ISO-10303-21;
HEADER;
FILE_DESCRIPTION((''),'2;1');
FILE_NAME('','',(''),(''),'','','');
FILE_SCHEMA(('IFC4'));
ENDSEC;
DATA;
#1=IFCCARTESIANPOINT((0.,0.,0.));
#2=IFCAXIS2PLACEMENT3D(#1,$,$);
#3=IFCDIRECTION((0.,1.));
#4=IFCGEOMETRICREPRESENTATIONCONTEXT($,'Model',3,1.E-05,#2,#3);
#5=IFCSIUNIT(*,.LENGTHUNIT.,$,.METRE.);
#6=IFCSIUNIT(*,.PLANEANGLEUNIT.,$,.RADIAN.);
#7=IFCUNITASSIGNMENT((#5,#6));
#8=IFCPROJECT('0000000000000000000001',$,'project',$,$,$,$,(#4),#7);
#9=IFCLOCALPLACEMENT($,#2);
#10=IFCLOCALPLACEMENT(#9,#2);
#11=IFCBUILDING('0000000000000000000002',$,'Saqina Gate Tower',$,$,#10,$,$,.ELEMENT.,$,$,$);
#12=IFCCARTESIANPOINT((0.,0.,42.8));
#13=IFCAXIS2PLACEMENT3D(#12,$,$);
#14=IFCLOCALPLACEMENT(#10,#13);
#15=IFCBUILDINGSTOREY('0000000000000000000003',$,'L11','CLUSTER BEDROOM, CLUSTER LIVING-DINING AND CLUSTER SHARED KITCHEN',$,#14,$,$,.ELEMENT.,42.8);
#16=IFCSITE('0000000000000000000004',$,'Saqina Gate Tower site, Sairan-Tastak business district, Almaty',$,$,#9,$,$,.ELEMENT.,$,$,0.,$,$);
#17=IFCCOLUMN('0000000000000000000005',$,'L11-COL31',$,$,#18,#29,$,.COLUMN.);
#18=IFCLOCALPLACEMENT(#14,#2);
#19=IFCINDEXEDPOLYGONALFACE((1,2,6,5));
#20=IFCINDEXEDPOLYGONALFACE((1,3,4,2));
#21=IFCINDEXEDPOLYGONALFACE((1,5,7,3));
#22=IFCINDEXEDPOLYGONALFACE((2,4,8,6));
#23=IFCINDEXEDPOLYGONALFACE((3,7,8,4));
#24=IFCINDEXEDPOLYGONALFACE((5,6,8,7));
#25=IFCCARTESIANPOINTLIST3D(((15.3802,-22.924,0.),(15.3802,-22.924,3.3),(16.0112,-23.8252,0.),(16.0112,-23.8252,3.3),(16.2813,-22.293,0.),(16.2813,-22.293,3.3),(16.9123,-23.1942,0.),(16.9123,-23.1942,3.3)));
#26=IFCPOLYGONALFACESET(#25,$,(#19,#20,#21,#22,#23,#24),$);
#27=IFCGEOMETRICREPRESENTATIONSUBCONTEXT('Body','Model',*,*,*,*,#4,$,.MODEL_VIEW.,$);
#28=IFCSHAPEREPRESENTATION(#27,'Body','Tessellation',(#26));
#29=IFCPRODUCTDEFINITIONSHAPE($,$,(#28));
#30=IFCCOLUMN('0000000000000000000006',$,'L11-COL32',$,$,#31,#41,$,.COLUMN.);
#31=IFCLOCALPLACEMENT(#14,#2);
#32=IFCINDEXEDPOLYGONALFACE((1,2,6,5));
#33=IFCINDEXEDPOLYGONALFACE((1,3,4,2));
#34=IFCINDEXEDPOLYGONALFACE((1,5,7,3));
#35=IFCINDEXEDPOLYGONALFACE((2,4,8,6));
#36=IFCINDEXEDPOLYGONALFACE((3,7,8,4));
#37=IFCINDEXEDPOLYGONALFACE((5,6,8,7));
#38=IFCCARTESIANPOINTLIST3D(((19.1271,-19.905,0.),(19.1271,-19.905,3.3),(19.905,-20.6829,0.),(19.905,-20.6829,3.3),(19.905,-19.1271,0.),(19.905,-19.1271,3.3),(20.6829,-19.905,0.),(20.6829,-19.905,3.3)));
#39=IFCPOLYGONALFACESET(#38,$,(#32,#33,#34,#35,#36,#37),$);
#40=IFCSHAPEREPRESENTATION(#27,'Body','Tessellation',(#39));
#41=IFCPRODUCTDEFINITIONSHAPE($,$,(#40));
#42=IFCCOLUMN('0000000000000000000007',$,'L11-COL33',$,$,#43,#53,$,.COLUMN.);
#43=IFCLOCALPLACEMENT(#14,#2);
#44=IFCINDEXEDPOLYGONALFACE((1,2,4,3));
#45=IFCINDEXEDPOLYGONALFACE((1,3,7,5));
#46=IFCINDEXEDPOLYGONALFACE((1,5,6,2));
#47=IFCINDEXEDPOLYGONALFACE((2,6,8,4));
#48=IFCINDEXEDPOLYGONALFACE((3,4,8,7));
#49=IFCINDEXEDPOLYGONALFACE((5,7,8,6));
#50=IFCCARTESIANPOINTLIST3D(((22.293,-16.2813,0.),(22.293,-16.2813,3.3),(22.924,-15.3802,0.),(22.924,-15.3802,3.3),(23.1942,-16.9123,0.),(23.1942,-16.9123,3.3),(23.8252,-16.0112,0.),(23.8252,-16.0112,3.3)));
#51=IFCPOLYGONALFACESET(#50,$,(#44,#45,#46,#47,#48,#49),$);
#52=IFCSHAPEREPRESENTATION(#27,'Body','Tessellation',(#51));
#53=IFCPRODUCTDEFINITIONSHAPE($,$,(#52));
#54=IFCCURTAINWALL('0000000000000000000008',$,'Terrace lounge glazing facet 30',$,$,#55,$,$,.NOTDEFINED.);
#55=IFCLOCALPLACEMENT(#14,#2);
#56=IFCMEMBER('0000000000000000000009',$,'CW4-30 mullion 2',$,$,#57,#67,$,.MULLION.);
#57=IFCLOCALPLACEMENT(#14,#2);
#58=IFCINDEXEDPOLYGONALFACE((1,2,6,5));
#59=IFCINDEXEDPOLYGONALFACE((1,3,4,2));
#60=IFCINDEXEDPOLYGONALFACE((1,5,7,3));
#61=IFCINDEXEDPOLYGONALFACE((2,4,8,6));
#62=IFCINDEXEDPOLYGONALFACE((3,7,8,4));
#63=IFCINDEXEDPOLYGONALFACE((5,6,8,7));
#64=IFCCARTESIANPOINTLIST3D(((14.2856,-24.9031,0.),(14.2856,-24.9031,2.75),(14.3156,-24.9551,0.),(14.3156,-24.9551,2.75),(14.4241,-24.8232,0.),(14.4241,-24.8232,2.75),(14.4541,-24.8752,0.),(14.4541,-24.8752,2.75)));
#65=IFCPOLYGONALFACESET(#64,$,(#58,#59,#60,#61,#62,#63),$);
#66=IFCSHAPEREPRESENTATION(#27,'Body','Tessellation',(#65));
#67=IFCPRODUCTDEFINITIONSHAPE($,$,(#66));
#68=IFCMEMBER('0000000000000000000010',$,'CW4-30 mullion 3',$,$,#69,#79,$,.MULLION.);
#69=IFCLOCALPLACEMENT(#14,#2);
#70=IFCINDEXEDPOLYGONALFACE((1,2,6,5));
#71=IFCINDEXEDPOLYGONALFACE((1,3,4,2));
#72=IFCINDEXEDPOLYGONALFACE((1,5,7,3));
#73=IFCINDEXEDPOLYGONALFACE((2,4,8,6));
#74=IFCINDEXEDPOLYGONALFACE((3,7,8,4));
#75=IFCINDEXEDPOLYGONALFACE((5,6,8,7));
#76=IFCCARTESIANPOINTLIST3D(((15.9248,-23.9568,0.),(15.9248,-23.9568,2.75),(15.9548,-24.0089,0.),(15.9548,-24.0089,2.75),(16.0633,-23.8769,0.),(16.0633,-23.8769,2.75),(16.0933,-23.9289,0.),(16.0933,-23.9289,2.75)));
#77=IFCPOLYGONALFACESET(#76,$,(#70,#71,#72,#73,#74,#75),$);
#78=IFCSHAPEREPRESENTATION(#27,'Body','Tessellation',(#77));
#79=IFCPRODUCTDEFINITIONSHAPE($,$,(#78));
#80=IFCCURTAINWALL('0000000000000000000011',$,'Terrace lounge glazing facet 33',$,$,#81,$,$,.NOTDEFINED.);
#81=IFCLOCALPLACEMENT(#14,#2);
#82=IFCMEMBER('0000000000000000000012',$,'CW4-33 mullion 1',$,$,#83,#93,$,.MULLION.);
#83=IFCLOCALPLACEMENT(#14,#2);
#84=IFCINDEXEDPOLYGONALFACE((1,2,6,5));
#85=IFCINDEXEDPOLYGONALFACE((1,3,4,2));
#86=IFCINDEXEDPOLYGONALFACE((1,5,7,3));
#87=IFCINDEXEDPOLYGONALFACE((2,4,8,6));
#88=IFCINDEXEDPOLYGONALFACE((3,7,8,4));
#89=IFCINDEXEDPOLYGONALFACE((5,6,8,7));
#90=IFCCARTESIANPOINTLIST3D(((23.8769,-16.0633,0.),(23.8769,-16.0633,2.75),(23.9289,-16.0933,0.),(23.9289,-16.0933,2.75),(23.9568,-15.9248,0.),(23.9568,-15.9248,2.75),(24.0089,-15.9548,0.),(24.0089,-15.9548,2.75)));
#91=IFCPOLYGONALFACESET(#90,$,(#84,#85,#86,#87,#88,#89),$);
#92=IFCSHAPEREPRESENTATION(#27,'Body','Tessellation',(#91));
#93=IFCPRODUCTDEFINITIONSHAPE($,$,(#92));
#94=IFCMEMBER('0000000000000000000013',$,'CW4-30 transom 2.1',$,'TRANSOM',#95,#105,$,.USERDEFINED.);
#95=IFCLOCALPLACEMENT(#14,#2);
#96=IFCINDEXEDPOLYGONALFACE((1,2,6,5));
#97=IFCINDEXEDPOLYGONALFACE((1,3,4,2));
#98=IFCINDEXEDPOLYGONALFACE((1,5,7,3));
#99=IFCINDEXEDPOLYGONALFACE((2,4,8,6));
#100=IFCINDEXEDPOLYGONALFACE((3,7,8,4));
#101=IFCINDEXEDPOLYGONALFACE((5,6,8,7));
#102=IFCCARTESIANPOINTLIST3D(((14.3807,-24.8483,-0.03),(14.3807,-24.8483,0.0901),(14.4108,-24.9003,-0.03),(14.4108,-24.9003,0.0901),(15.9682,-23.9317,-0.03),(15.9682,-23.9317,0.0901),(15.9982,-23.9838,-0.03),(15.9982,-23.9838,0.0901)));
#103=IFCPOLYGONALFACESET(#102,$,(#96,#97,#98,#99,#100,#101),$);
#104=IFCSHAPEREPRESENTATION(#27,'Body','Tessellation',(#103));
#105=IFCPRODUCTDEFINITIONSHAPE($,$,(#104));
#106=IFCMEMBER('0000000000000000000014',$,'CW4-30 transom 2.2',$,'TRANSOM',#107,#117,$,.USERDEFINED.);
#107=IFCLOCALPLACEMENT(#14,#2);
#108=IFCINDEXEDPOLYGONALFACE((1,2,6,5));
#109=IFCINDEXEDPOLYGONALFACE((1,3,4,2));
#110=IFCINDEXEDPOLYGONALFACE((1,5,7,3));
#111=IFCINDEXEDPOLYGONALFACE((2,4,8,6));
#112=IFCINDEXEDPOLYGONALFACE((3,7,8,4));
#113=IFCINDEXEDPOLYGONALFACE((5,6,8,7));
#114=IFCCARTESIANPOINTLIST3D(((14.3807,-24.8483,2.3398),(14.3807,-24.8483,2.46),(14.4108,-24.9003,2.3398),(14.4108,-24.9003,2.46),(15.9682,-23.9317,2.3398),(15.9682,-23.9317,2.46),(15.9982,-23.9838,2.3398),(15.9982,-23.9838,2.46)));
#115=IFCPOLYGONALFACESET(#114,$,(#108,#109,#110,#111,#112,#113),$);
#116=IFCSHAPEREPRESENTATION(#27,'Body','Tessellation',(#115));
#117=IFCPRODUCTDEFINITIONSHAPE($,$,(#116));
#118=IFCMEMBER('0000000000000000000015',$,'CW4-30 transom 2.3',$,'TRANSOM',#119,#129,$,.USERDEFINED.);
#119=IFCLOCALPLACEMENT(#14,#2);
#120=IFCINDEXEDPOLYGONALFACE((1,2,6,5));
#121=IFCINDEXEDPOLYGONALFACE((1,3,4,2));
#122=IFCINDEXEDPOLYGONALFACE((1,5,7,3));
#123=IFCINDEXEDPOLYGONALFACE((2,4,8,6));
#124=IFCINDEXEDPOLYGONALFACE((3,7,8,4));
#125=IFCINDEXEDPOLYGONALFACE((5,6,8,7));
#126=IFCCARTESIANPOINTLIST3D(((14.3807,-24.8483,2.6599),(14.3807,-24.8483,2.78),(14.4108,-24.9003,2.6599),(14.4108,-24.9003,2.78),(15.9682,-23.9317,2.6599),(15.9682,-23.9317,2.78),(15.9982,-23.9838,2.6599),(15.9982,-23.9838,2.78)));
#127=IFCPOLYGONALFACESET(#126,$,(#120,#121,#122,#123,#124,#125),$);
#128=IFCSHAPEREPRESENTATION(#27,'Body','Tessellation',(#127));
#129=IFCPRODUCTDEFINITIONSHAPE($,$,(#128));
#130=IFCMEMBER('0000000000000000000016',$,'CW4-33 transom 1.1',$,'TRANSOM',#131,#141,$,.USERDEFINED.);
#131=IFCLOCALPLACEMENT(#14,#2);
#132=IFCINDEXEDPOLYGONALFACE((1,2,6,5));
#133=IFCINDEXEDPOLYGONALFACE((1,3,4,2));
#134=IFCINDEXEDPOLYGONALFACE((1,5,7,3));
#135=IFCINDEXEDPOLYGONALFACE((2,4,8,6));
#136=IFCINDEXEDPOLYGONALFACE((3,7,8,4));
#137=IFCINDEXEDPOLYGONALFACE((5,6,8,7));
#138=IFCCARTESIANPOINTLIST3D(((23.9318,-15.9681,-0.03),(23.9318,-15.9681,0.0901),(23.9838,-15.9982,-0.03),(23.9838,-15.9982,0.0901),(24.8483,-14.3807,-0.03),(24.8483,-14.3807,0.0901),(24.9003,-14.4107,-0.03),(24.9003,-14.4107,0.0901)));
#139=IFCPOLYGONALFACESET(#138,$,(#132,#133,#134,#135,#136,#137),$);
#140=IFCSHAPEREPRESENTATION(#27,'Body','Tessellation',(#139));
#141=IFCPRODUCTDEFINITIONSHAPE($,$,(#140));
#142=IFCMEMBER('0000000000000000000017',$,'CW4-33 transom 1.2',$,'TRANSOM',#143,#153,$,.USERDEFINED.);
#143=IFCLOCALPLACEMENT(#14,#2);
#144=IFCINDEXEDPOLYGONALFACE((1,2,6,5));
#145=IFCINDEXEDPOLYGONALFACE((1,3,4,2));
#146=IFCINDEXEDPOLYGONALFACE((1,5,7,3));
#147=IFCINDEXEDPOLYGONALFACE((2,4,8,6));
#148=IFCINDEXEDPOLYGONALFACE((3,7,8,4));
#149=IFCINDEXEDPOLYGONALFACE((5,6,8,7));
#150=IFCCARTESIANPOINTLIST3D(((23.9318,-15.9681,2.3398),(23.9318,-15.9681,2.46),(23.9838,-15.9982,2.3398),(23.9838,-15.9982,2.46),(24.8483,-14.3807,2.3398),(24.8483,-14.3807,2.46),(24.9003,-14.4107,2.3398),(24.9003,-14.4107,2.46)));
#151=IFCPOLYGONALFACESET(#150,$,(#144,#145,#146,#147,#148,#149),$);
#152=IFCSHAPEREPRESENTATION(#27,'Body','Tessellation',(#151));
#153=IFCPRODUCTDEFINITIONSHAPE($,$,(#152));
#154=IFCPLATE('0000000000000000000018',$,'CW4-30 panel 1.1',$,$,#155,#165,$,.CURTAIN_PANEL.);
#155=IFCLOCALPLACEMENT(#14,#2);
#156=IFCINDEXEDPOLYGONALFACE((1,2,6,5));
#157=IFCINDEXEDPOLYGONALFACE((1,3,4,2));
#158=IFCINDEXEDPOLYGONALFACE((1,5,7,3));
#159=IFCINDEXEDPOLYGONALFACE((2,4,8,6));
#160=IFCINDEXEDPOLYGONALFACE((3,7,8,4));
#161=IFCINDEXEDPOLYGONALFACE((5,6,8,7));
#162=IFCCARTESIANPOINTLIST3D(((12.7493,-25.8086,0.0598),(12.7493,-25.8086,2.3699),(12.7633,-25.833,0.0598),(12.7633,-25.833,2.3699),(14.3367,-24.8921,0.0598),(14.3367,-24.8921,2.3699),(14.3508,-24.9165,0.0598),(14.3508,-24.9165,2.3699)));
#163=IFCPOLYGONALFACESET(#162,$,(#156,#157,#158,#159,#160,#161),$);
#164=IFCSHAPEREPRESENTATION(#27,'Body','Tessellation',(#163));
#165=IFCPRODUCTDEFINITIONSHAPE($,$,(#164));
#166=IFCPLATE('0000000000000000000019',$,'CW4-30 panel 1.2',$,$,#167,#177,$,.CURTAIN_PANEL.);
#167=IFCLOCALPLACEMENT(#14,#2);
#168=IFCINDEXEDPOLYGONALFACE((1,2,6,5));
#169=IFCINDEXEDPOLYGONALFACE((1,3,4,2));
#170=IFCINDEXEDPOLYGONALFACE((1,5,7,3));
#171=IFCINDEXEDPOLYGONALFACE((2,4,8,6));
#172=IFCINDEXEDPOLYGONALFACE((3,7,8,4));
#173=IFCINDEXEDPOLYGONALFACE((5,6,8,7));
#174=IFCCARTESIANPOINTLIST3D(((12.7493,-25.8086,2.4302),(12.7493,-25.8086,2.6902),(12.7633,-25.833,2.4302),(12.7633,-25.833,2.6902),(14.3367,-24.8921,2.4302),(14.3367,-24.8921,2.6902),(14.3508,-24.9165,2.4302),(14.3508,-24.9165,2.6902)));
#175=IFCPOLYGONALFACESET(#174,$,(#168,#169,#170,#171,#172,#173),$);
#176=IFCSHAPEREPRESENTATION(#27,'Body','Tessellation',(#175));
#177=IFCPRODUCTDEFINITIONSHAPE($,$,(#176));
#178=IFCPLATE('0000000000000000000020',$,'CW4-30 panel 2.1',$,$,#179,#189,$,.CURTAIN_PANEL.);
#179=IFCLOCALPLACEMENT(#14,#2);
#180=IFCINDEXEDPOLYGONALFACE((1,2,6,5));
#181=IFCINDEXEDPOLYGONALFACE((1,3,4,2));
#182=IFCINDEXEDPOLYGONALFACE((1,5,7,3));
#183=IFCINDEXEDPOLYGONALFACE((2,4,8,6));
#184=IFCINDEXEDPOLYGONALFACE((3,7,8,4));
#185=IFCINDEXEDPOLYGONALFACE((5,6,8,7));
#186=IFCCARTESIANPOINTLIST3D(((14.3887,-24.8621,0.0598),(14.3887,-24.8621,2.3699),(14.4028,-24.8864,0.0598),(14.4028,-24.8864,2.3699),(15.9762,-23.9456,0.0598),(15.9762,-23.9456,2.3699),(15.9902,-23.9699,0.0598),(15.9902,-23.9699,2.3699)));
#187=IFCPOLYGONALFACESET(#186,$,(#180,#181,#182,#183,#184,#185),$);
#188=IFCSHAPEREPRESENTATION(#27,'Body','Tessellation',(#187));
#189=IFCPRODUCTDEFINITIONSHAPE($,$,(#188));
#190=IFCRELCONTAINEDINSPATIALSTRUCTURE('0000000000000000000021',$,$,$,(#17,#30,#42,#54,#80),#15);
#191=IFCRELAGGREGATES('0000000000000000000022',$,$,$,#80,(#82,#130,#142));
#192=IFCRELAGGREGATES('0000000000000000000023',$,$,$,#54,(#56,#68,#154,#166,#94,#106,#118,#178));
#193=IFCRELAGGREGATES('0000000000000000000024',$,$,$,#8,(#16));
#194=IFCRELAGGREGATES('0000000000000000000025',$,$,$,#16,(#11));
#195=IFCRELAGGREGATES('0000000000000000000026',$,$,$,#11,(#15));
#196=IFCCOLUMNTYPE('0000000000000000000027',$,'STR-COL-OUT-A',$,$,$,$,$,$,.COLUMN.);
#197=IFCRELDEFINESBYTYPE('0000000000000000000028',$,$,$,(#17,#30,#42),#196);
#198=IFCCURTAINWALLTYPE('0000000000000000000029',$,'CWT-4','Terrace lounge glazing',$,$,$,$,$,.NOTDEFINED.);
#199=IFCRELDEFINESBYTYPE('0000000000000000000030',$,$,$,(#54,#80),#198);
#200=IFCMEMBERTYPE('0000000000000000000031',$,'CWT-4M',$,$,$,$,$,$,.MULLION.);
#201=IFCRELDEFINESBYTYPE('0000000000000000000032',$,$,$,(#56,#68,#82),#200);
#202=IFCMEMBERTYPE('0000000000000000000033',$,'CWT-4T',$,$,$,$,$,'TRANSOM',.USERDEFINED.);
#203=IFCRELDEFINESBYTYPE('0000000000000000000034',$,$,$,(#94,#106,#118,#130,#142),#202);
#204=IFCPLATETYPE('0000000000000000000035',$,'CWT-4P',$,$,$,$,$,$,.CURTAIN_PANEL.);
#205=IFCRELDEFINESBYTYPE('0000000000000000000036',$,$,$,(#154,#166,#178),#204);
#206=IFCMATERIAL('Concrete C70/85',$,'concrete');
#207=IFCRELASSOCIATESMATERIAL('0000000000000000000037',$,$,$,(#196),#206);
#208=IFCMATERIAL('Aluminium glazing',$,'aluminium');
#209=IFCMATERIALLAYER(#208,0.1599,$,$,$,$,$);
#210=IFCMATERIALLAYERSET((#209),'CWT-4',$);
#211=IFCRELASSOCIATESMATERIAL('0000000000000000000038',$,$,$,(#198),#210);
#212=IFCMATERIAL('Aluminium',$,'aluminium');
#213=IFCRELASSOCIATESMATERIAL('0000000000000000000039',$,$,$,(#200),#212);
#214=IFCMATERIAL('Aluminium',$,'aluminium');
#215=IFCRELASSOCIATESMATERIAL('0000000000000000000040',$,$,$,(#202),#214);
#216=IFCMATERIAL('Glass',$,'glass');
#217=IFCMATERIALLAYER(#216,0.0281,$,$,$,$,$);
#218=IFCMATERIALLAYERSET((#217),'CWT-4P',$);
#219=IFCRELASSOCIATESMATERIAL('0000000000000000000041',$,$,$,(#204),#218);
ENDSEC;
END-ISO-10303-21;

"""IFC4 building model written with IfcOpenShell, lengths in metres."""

from ifc_helpers import new_model, si_unit, direction, frame, origin, origin_2d, place, context, subcontext, project, spatial, rectangle, extrude, material, layer, layer_set, material_profile, profile_set, type_object, element, aggregate, save


model = new_model("IFC4")

# Units and contexts
model_context = context("Model", 3, precision=1e-05, world=origin(), true_north=direction((0.0, 1.0)))
body_context = subcontext(model_context, "Body", "Model", "MODEL_VIEW")
ifc_project = project(units=[si_unit("LENGTHUNIT", "METRE"), si_unit("PLANEANGLEUNIT", "RADIAN")], contexts=[model_context])

# Site, building, storey
site_placement = place(None, origin())
site = spatial("IfcSite", under=ifc_project, at=site_placement, Name="Saqina Gate Tower site, Sairan-Tastak business district, Almaty", CompositionType="ELEMENT", RefElevation=0.0)
building_placement = place(site_placement, origin())
building = spatial("IfcBuilding", under=site, at=building_placement, Name="Saqina Gate Tower", CompositionType="ELEMENT")
storey_placement = place(building_placement, frame((0.0, 0.0, 42.8)))
storey = spatial("IfcBuildingStorey", under=building, at=storey_placement, Name="L11", Description="CLUSTER BEDROOM, CLUSTER LIVING-DINING AND CLUSTER SHARED KITCHEN", CompositionType="ELEMENT", Elevation=42.8)

# Columns
ifc_material_1 = material(Name="Concrete C70/85", Category="concrete")
ifc_material_profile_1 = material_profile(ifc_material_1, rectangle(XDim=1.1001, YDim=1.1001, at=origin_2d()), Name="RC 1100x1100")
ifc_profile_set_1 = profile_set([ifc_material_profile_1], Name="Concrete C70/85")
column_type = type_object("IfcColumnType", Name="STR-COL-OUT-A", PredefinedType="COLUMN", material=ifc_profile_set_1)
for number, where, z_axis, x_axis, name in (
    (1, (16.1462, -23.0591, 0.0), (0.0, 0.0, 1.0), (0.573576, -0.819152, 0.0), "L11-COL31"),
    (2, (19.905, -19.905, 0.0), (0.0, 0.0, 1.0), (0.707107, -0.707107, 0.0), "L11-COL32"),
    (3, (23.0591, -16.1462, 0.0), (0.0, 0.0, 1.0), (0.819152, -0.573576, 0.0), "L11-COL33"),
):
    element("IfcColumn", number, at=place(storey_placement, frame(where, z_axis=z_axis, x_axis=x_axis)), inside=storey, type_object=column_type, Name=name, PredefinedType="COLUMN", context=body_context, shape_type="SweptSolid", body=[
        extrude(rectangle(XDim=1.1001, YDim=1.1001, at=origin_2d()), origin(), (0.0, 0.0, 1.0), 3.3),
    ])

# Curtain wall, members
ifc_material_2 = material(Name="Aluminium glazing", Category="aluminium")
ifc_layer_1 = layer(ifc_material_2, 0.1599)
ifc_layer_set_1 = layer_set([ifc_layer_1], Name="CWT-4")
curtain_wall_type = type_object("IfcCurtainWallType", Name="CWT-4", Description="Terrace lounge glazing", PredefinedType="NOTDEFINED", material=ifc_layer_set_1)
curtain_wall_1_placement = place(storey_placement, origin())
curtain_wall_1 = element("IfcCurtainWall", 4, at=curtain_wall_1_placement, inside=storey, type_object=curtain_wall_type, Name="Terrace lounge glazing facet 30", PredefinedType="NOTDEFINED")
ifc_material_3 = material(Name="Aluminium", Category="aluminium")
ifc_material_profile_2 = material_profile(ifc_material_3, rectangle(XDim=0.0601, YDim=0.1599, at=origin_2d()), Name="Aluminium 60x160")
ifc_profile_set_2 = profile_set([ifc_material_profile_2], Name="Aluminium")
member_type_1 = type_object("IfcMemberType", Name="CWT-4M", PredefinedType="MULLION", material=ifc_profile_set_2)
member_1_placement = place(storey_placement, frame((14.3699, -24.8892, 0.0), z_axis=(0.0, 0.0, 1.0), x_axis=(-0.499996, 0.866028, 0.0)))
member_1 = element("IfcMember", 5, at=member_1_placement, type_object=member_type_1, Name="CW4-30 mullion 2", PredefinedType="MULLION", context=body_context, shape_type="SweptSolid", body=[
    extrude(rectangle(XDim=0.0601, YDim=0.1599, at=origin_2d()), origin(), (0.0, 0.0, 1.0), 2.75),
])
member_2_placement = place(storey_placement, frame((16.009, -23.9429, 0.0), z_axis=(0.0, 0.0, 1.0), x_axis=(-0.499996, 0.866028, 0.0)))
member_2 = element("IfcMember", 6, at=member_2_placement, type_object=member_type_1, Name="CW4-30 mullion 3", PredefinedType="MULLION", context=body_context, shape_type="SweptSolid", body=[
    extrude(rectangle(XDim=0.0601, YDim=0.1599, at=origin_2d()), origin(), (0.0, 0.0, 1.0), 2.75),
])

# Curtain wall, member
curtain_wall_2_placement = place(storey_placement, origin())
curtain_wall_2 = element("IfcCurtainWall", 7, at=curtain_wall_2_placement, inside=storey, type_object=curtain_wall_type, Name="Terrace lounge glazing facet 33", PredefinedType="NOTDEFINED")
member_3_placement = place(storey_placement, frame((23.9429, -16.009, 0.0), z_axis=(0.0, 0.0, 1.0), x_axis=(-0.866028, 0.499996, 0.0)))
member_3 = element("IfcMember", 8, at=member_3_placement, type_object=member_type_1, Name="CW4-33 mullion 1", PredefinedType="MULLION", context=body_context, shape_type="SweptSolid", body=[
    extrude(rectangle(XDim=0.0601, YDim=0.1599, at=origin_2d()), origin(), (0.0, 0.0, 1.0), 2.75),
])

# Members
ifc_material_4 = material(Name="Aluminium", Category="aluminium")
ifc_material_profile_3 = material_profile(ifc_material_4, rectangle(XDim=0.0601, YDim=0.1201, at=origin_2d()), Name="Aluminium 60x120")
ifc_profile_set_3 = profile_set([ifc_material_profile_3], Name="Aluminium")
member_type_2 = type_object("IfcMemberType", Name="CWT-4T", ElementType="TRANSOM", PredefinedType="USERDEFINED", material=ifc_profile_set_3)
member_4_placement = place(storey_placement, frame((14.3958, -24.8743, 0.03), z_axis=(0.866021, 0.500007, 0.0), x_axis=(-0.500007, 0.866021, 0.0)))
member_4 = element("IfcMember", 9, at=member_4_placement, type_object=member_type_2, Name="CW4-30 transom 2.1", ObjectType="TRANSOM", PredefinedType="USERDEFINED", context=body_context, shape_type="SweptSolid", body=[
    extrude(rectangle(XDim=0.0601, YDim=0.1201, at=origin_2d()), origin(), (0.0, 0.0, 1.0), 1.833),
])
member_5_placement = place(storey_placement, frame((14.3958, -24.8743, 2.3999), z_axis=(0.866021, 0.500007, 0.0), x_axis=(-0.500007, 0.866021, 0.0)))
member_5 = element("IfcMember", 10, at=member_5_placement, type_object=member_type_2, Name="CW4-30 transom 2.2", ObjectType="TRANSOM", PredefinedType="USERDEFINED", context=body_context, shape_type="SweptSolid", body=[
    extrude(rectangle(XDim=0.0601, YDim=0.1201, at=origin_2d()), origin(), (0.0, 0.0, 1.0), 1.833),
])
member_6_placement = place(storey_placement, frame((14.3958, -24.8743, 2.72), z_axis=(0.866021, 0.500007, 0.0), x_axis=(-0.500007, 0.866021, 0.0)))
member_6 = element("IfcMember", 11, at=member_6_placement, type_object=member_type_2, Name="CW4-30 transom 2.3", ObjectType="TRANSOM", PredefinedType="USERDEFINED", context=body_context, shape_type="SweptSolid", body=[
    extrude(rectangle(XDim=0.0601, YDim=0.1201, at=origin_2d()), origin(), (0.0, 0.0, 1.0), 1.833),
])
member_7_placement = place(storey_placement, frame((23.9578, -15.9832, 0.03), z_axis=(0.500007, 0.866021, 0.0), x_axis=(-0.866021, 0.500007, 0.0)))
member_7 = element("IfcMember", 12, at=member_7_placement, type_object=member_type_2, Name="CW4-33 transom 1.1", ObjectType="TRANSOM", PredefinedType="USERDEFINED", context=body_context, shape_type="SweptSolid", body=[
    extrude(rectangle(XDim=0.0601, YDim=0.1201, at=origin_2d()), origin(), (0.0, 0.0, 1.0), 1.833),
])
member_8_placement = place(storey_placement, frame((23.9578, -15.9832, 2.3999), z_axis=(0.500007, 0.866021, 0.0), x_axis=(-0.866021, 0.500007, 0.0)))
member_8 = element("IfcMember", 13, at=member_8_placement, type_object=member_type_2, Name="CW4-33 transom 1.2", ObjectType="TRANSOM", PredefinedType="USERDEFINED", context=body_context, shape_type="SweptSolid", body=[
    extrude(rectangle(XDim=0.0601, YDim=0.1201, at=origin_2d()), origin(), (0.0, 0.0, 1.0), 1.833),
])
aggregate(curtain_wall_2, [member_3, member_7, member_8])

# Plates
ifc_material_5 = material(Name="Glass", Category="glass")
ifc_layer_2 = layer(ifc_material_5, 0.0281)
ifc_layer_set_2 = layer_set([ifc_layer_2], Name="CWT-4P")
plate_type = type_object("IfcPlateType", Name="CWT-4P", PredefinedType="CURTAIN_PANEL", material=ifc_layer_set_2)
plate_1_placement = place(storey_placement, frame((13.55, -25.3625, 0.0598), z_axis=(0.0, 0.0, 1.0), x_axis=(0.866028, 0.499996, 0.0)))
plate_1 = element("IfcPlate", 14, at=plate_1_placement, type_object=plate_type, Name="CW4-30 panel 1.1", PredefinedType="CURTAIN_PANEL", context=body_context, shape_type="SweptSolid", body=[
    extrude(rectangle(XDim=1.833, YDim=0.0281, at=origin_2d()), origin(), (0.0, 0.0, 1.0), 2.3101),
])
plate_2_placement = place(storey_placement, frame((13.55, -25.3625, 2.4302), z_axis=(0.0, 0.0, 1.0), x_axis=(0.866028, 0.499996, 0.0)))
plate_2 = element("IfcPlate", 15, at=plate_2_placement, type_object=plate_type, Name="CW4-30 panel 1.2", PredefinedType="CURTAIN_PANEL", context=body_context, shape_type="SweptSolid", body=[
    extrude(rectangle(XDim=1.833, YDim=0.0281, at=origin_2d()), origin(), (0.0, 0.0, 1.0), 0.26),
])
plate_3_placement = place(storey_placement, frame((15.1895, -24.416, 0.0598), z_axis=(0.0, 0.0, 1.0), x_axis=(0.866028, 0.499996, 0.0)))
plate_3 = element("IfcPlate", 16, at=plate_3_placement, type_object=plate_type, Name="CW4-30 panel 2.1", PredefinedType="CURTAIN_PANEL", context=body_context, shape_type="SweptSolid", body=[
    extrude(rectangle(XDim=1.833, YDim=0.0281, at=origin_2d()), origin(), (0.0, 0.0, 1.0), 2.3101),
])
aggregate(curtain_wall_1, [member_1, member_2, plate_1, plate_2, member_4, member_5, member_6, plate_3])

save(model, "model.ifc")
